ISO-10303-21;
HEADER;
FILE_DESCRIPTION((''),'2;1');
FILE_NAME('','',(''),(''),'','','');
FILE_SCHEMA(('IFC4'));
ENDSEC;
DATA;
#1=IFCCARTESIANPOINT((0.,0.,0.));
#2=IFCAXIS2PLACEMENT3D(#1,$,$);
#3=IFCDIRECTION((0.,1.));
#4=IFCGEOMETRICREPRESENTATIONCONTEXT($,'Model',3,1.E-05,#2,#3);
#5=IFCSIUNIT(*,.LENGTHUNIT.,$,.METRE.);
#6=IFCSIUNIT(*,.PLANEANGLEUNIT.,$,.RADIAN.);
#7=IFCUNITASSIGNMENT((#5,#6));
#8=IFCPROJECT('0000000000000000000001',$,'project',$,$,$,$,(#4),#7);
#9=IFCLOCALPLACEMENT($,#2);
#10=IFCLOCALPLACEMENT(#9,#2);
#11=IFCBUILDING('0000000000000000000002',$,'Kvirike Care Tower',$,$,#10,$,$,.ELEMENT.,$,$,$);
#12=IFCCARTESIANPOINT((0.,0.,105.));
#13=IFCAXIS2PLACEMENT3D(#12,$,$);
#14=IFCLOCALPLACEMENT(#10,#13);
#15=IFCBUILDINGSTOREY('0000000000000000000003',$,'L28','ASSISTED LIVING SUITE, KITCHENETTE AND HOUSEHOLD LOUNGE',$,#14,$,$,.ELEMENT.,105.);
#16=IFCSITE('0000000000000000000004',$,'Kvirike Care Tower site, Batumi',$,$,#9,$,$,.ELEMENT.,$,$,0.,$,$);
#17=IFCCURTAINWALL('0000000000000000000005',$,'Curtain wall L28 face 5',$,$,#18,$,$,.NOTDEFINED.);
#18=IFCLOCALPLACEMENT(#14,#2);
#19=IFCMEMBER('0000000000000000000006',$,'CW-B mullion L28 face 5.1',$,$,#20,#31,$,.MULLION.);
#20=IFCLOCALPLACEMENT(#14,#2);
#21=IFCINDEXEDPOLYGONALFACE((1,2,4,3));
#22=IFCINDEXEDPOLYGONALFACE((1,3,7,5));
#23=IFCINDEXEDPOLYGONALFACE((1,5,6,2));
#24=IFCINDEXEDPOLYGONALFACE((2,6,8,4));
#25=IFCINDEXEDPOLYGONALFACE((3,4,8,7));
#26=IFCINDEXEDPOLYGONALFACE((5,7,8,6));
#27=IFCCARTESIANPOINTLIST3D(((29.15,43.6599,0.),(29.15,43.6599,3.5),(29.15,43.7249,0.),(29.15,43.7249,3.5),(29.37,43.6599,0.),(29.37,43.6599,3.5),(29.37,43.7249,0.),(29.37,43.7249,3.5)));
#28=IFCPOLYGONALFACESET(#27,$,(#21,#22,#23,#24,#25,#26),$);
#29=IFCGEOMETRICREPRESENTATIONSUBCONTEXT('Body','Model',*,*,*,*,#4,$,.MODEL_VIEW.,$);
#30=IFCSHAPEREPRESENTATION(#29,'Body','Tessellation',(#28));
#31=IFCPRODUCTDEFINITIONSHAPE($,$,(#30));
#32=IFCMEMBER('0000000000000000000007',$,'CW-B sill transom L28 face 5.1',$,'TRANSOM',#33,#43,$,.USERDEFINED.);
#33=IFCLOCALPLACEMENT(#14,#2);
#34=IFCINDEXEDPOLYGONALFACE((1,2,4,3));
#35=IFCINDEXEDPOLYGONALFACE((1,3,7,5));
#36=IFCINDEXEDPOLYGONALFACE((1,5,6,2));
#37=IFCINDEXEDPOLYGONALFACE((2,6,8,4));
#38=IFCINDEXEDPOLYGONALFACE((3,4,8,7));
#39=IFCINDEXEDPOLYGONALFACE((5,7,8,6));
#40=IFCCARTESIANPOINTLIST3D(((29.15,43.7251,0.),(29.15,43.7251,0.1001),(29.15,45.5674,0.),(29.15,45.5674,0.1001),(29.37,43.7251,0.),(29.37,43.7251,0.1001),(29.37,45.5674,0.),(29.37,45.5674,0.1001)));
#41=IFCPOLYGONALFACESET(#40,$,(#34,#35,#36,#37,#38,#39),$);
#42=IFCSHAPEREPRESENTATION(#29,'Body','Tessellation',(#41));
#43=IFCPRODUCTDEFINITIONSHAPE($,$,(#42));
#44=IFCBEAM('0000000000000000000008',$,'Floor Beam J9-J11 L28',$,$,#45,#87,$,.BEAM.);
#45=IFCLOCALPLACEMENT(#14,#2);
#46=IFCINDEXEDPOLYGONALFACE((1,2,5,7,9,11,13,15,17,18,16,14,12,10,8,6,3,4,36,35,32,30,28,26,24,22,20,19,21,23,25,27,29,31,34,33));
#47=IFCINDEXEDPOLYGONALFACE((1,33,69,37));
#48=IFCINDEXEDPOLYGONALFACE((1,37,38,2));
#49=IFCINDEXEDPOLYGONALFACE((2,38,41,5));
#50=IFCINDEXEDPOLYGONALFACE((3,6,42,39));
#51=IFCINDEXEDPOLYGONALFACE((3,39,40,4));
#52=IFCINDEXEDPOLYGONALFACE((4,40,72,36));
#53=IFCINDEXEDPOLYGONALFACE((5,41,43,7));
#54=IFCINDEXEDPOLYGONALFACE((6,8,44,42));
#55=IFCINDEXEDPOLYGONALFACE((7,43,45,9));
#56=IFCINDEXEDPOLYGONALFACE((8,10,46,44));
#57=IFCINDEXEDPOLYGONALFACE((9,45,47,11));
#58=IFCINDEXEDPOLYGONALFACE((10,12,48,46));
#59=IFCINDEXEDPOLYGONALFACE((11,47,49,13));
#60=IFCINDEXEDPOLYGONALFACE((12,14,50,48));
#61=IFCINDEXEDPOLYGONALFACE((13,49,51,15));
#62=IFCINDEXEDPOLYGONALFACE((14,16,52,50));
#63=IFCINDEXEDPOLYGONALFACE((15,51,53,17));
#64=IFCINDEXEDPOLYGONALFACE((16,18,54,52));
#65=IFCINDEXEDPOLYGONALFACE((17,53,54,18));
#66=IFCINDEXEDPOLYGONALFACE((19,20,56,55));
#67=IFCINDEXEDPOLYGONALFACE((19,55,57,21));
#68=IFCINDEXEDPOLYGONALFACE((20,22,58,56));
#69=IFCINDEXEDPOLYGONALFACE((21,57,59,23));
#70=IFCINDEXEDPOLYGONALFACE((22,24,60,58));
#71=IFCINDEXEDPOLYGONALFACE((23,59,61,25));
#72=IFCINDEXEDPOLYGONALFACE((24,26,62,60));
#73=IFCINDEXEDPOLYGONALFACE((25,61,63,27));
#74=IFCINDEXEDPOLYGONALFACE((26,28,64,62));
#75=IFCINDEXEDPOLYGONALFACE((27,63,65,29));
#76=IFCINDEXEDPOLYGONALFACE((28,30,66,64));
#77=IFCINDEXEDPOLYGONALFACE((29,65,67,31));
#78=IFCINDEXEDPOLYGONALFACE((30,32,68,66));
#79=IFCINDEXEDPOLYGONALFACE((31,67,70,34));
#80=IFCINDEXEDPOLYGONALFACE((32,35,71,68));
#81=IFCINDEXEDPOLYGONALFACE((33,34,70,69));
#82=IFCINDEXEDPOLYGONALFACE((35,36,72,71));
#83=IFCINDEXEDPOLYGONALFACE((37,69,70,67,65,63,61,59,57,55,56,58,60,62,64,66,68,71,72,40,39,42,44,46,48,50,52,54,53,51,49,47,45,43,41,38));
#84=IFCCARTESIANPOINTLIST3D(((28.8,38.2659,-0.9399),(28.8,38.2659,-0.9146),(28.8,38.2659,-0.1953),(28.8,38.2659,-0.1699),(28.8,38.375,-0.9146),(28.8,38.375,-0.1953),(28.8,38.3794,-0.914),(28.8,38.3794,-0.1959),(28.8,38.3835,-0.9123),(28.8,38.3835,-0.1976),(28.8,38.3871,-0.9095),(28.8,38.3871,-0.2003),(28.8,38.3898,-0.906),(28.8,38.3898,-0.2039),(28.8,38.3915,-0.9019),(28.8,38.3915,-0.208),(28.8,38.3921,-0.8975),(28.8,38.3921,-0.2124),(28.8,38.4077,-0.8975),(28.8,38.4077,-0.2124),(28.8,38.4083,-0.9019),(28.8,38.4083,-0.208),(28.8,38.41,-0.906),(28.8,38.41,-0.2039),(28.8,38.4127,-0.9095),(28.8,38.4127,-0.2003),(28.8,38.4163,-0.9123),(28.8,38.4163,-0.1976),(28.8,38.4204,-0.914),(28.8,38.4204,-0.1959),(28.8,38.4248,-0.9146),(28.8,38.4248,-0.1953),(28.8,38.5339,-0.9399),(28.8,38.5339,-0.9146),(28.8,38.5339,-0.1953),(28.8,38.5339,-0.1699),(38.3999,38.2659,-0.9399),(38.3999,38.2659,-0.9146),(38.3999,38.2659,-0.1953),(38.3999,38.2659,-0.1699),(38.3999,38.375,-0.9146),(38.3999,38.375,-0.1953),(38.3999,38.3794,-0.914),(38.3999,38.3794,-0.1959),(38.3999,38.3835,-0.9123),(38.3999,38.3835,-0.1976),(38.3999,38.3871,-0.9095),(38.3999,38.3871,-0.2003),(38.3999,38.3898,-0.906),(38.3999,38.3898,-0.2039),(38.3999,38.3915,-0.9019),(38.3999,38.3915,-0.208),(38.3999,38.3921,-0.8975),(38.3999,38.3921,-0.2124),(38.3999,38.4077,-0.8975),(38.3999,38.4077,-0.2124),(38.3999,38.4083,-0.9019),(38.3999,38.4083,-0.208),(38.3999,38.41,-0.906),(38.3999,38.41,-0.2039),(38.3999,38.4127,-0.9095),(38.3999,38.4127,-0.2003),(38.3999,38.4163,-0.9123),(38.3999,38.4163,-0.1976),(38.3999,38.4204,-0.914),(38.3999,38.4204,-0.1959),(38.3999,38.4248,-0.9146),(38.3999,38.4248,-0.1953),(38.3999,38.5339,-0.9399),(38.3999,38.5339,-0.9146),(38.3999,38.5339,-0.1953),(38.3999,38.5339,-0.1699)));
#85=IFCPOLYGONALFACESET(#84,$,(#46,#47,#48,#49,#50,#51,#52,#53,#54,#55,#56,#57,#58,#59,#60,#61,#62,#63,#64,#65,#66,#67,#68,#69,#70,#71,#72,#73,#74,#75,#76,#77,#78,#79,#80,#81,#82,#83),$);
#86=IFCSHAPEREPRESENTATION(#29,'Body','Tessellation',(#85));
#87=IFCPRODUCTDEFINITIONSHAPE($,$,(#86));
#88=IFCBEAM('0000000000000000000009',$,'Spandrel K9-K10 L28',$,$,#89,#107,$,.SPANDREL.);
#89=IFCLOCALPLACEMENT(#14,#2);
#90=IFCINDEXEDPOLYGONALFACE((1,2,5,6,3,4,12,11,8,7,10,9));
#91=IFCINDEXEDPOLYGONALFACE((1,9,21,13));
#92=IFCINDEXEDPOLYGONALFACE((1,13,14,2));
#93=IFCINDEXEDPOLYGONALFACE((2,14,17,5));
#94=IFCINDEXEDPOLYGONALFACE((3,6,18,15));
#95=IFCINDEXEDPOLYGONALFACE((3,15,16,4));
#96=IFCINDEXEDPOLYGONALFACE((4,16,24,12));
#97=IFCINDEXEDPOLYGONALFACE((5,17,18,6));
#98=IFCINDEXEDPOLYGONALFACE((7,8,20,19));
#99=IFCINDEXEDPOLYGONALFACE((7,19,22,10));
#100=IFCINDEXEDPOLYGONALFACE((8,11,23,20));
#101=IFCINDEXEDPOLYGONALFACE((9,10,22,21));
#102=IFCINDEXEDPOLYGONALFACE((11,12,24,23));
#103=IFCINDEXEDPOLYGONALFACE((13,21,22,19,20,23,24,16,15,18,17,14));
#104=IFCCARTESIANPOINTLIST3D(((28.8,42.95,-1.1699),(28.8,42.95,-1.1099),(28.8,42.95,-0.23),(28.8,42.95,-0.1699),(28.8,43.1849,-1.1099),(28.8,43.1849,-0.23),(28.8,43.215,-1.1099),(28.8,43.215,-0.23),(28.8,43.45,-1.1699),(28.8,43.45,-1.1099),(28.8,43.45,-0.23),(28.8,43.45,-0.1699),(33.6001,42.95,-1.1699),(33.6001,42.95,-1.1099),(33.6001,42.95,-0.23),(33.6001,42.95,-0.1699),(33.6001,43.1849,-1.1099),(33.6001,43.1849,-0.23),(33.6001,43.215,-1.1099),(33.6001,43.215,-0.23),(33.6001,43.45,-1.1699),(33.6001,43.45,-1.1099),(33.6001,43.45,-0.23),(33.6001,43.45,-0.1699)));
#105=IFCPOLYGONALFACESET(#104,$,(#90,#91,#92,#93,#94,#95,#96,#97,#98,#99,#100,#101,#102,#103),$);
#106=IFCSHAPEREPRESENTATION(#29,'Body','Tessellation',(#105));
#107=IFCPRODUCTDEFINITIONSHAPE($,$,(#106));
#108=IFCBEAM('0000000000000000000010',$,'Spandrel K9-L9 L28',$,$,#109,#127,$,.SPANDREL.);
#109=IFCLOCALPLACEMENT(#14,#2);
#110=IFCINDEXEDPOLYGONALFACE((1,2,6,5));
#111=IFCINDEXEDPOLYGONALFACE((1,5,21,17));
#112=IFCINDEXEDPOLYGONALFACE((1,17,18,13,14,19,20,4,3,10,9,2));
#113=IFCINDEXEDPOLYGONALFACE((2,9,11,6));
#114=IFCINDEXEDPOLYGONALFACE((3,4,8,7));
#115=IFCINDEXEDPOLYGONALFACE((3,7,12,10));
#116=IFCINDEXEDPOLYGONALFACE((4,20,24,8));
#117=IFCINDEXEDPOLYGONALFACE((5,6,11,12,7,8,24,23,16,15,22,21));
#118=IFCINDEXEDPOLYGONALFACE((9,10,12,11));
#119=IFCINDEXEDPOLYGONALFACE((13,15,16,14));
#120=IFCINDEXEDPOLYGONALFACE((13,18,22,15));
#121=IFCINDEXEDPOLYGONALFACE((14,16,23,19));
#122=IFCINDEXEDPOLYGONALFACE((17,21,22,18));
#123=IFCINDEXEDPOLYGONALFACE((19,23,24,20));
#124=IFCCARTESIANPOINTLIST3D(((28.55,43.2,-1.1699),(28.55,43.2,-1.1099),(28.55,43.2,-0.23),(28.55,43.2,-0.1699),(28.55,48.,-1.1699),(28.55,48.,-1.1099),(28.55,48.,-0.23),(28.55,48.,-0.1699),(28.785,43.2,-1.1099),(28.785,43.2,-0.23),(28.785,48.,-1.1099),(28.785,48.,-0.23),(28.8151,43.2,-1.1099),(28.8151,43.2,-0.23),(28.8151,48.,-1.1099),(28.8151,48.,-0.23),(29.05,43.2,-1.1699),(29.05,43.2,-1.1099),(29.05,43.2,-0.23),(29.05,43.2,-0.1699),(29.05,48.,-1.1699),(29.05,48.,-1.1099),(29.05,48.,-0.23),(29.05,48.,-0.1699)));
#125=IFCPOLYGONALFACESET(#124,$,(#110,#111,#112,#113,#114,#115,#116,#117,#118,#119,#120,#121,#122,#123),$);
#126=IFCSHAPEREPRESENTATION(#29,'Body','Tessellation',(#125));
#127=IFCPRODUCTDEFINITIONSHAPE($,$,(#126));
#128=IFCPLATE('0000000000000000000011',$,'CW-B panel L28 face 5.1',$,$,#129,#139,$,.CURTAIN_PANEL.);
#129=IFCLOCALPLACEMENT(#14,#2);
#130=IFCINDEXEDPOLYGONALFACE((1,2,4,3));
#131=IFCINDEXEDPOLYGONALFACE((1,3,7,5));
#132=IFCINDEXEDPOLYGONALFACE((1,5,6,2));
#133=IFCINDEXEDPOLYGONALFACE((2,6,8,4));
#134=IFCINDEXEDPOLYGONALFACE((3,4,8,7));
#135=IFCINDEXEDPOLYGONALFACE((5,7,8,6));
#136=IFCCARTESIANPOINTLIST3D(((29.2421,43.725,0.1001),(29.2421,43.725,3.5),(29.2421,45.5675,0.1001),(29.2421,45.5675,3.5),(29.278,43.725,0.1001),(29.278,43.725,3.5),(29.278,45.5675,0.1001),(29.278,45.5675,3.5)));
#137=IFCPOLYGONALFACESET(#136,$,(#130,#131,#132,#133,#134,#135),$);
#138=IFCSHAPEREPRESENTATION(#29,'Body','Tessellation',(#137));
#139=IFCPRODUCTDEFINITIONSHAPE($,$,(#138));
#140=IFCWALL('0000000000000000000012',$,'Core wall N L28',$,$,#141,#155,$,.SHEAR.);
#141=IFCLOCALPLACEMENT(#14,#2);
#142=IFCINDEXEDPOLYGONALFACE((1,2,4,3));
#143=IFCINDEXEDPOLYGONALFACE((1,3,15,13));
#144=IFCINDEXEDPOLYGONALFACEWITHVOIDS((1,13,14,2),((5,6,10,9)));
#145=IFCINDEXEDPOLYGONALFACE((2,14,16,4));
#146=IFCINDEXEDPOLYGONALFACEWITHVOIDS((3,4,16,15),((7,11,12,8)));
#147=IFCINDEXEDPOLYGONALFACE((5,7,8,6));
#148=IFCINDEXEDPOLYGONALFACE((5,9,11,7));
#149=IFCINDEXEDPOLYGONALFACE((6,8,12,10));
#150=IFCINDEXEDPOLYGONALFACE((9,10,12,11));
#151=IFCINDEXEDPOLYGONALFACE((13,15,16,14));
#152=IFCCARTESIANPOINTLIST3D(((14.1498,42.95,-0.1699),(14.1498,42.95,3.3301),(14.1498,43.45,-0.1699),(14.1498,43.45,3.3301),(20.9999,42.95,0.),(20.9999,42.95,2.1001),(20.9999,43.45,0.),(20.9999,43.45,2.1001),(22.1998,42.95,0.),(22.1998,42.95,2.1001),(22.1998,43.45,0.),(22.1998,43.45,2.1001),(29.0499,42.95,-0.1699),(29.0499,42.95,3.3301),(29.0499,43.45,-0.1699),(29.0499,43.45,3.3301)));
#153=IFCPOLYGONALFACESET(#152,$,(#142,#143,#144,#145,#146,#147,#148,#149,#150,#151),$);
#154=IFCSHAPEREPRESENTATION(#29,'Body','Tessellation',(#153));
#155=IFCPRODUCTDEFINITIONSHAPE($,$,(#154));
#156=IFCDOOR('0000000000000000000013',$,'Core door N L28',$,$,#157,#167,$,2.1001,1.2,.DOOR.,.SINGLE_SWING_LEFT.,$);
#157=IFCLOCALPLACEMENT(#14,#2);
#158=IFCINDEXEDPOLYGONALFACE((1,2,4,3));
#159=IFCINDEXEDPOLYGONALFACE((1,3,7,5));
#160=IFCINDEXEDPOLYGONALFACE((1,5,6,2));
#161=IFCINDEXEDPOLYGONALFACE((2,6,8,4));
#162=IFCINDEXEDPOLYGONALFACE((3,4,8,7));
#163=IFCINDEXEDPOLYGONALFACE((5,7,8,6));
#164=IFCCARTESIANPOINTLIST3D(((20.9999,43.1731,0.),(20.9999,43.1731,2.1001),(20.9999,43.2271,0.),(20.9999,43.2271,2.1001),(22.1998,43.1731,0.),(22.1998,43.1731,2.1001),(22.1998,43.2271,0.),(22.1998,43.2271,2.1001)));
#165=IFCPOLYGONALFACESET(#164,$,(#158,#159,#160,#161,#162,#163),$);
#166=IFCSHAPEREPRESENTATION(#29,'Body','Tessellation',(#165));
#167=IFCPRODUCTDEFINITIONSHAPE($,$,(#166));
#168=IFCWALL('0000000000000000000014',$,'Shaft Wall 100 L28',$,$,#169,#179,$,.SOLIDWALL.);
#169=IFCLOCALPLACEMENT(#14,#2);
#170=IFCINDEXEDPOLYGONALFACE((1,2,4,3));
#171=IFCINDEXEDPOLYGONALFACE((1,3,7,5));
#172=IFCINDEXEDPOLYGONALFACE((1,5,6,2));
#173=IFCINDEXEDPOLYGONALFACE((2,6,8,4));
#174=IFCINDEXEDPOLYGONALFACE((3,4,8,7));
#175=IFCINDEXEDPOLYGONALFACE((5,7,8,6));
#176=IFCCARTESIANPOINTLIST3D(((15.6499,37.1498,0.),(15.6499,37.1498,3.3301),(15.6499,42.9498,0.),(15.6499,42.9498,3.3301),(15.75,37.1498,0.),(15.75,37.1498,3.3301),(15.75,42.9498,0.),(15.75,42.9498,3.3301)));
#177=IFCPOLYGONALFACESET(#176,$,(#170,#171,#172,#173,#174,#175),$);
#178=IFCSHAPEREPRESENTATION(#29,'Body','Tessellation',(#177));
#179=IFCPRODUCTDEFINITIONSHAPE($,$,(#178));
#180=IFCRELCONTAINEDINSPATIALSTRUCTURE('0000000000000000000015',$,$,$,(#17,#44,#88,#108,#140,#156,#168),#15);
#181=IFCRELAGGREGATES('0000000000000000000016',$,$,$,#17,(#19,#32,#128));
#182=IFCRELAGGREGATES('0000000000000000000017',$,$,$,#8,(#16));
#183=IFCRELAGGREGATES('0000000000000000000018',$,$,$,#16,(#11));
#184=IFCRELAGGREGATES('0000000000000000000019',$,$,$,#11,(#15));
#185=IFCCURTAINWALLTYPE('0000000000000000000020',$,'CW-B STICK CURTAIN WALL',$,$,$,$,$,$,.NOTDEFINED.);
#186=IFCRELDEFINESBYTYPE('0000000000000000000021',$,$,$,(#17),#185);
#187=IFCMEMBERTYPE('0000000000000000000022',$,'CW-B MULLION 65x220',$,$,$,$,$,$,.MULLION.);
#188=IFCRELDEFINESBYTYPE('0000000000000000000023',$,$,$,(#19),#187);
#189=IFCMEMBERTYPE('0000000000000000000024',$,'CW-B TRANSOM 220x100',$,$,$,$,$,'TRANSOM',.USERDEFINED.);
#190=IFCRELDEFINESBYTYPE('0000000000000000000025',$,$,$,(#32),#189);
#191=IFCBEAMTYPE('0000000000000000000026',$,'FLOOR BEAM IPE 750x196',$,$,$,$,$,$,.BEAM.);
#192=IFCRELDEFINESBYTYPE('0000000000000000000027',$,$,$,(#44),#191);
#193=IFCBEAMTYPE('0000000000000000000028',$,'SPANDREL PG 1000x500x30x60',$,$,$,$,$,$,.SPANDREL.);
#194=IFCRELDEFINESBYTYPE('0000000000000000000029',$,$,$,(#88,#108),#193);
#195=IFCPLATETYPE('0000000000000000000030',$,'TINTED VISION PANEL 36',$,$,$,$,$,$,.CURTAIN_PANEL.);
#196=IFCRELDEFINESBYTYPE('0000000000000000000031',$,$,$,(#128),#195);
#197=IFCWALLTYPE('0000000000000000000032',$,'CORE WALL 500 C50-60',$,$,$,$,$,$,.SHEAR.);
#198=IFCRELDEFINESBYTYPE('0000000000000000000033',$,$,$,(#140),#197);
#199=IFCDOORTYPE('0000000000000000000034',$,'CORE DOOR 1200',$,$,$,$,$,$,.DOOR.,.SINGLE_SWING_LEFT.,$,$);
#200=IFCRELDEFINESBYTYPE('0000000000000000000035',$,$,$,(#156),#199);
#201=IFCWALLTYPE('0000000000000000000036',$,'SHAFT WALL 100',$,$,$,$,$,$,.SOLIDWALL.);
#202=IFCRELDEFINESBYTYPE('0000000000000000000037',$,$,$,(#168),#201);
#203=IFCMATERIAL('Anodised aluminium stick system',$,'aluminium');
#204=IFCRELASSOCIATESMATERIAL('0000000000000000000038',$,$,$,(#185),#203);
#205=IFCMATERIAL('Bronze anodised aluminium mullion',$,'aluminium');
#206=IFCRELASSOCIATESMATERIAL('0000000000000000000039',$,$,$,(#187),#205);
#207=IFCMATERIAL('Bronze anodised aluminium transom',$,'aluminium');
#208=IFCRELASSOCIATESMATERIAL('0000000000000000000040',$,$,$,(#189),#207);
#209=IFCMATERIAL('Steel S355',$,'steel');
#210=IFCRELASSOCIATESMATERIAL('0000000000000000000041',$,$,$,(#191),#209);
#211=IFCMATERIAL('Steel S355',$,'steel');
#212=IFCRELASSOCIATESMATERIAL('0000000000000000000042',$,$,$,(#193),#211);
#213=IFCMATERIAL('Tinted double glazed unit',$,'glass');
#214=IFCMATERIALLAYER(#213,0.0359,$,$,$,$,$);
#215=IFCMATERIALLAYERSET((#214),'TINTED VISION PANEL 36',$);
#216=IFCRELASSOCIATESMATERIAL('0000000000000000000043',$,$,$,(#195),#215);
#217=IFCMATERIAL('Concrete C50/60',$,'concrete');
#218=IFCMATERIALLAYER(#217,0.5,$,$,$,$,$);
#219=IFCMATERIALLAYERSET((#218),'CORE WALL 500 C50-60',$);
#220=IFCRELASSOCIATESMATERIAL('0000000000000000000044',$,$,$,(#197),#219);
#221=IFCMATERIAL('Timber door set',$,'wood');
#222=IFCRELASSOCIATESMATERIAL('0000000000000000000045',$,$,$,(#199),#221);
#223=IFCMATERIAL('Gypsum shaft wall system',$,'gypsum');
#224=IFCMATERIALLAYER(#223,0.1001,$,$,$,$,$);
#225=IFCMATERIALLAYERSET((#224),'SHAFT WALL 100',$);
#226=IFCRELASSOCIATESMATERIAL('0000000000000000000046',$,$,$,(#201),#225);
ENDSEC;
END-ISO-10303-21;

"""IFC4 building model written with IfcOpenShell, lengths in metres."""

from ifc_helpers import new_model, si_unit, direction, frame, frame_2d, origin, origin_2d, place, context, subcontext, project, spatial, rectangle, i_section, extrude, material, layer, layer_set, material_profile, profile_set, type_object, element, fill, aggregate, save


model = new_model("IFC4")

# Units and contexts
model_context = context("Model", 3, precision=1e-05, world=origin(), true_north=direction((0.0, 1.0)))
body_context = subcontext(model_context, "Body", "Model", "MODEL_VIEW")
ifc_project = project(units=[si_unit("LENGTHUNIT", "METRE"), si_unit("PLANEANGLEUNIT", "RADIAN")], contexts=[model_context])

# Site, building, storey
site_placement = place(None, origin())
site = spatial("IfcSite", under=ifc_project, at=site_placement, Name="Kvirike Care Tower site, Batumi", CompositionType="ELEMENT", RefElevation=0.0)
building_placement = place(site_placement, origin())
building = spatial("IfcBuilding", under=site, at=building_placement, Name="Kvirike Care Tower", CompositionType="ELEMENT")
storey_placement = place(building_placement, frame((0.0, 0.0, 105.0)))
storey = spatial("IfcBuildingStorey", under=building, at=storey_placement, Name="L28", Description="ASSISTED LIVING SUITE, KITCHENETTE AND HOUSEHOLD LOUNGE", CompositionType="ELEMENT", Elevation=105.0)

# Curtain wall, members
ifc_material_1 = material(Name="Anodised aluminium stick system", Category="aluminium")
curtain_wall_type = type_object("IfcCurtainWallType", Name="CW-B STICK CURTAIN WALL", PredefinedType="NOTDEFINED", material=ifc_material_1)
curtain_wall_placement = place(storey_placement, origin())
curtain_wall = element("IfcCurtainWall", 1, at=curtain_wall_placement, inside=storey, type_object=curtain_wall_type, Name="Curtain wall L28 face 5", PredefinedType="NOTDEFINED")
ifc_material_2 = material(Name="Bronze anodised aluminium mullion", Category="aluminium")
ifc_material_profile_1 = material_profile(ifc_material_2, rectangle(XDim=0.0649, YDim=0.22, at=origin_2d()), Name="CW-B MULLION 65x220")
ifc_profile_set_1 = profile_set([ifc_material_profile_1], Name="Bronze anodised aluminium mullion")
member_type_1 = type_object("IfcMemberType", Name="CW-B MULLION 65x220", PredefinedType="MULLION", material=ifc_profile_set_1)
member_1_placement = place(storey_placement, frame((29.26, 43.6924, 0.0), z_axis=(0.0, 0.0, 1.0), x_axis=(0.0, 1.0, 0.0)))
member_1 = element("IfcMember", 2, at=member_1_placement, type_object=member_type_1, Name="CW-B mullion L28 face 5.1", PredefinedType="MULLION", context=body_context, shape_type="SweptSolid", body=[
    extrude(rectangle(XDim=0.0649, YDim=0.22, at=origin_2d()), origin(), (0.0, 0.0, 1.0), 3.5),
])
ifc_material_3 = material(Name="Bronze anodised aluminium transom", Category="aluminium")
ifc_material_profile_2 = material_profile(ifc_material_3, rectangle(XDim=0.22, YDim=0.1001, at=origin_2d()), Name="CW-B TRANSOM 220x100")
ifc_profile_set_2 = profile_set([ifc_material_profile_2], Name="Bronze anodised aluminium transom")
member_type_2 = type_object("IfcMemberType", Name="CW-B TRANSOM 220x100", ElementType="TRANSOM", PredefinedType="USERDEFINED", material=ifc_profile_set_2)
member_2_placement = place(storey_placement, frame((29.26, 43.7251, 0.05), z_axis=(0.0, 1.0, 0.0), x_axis=(-1.0, 0.0, 0.0)))
member_2 = element("IfcMember", 3, at=member_2_placement, type_object=member_type_2, Name="CW-B sill transom L28 face 5.1", ObjectType="TRANSOM", PredefinedType="USERDEFINED", context=body_context, shape_type="SweptSolid", body=[
    extrude(rectangle(XDim=0.22, YDim=0.1001, at=origin_2d()), origin(), (0.0, 0.0, 1.0), 1.8423),
])

# Beams
ifc_material_4 = material(Name="Steel S355", Category="steel")
ifc_material_profile_3 = material_profile(ifc_material_4, i_section(OverallWidth=0.2681, OverallDepth=0.77, WebThickness=0.0156, FlangeThickness=0.0254, FilletRadius=0.0171, at=origin_2d()), Name="IPE 750x196")
ifc_profile_set_3 = profile_set([ifc_material_profile_3], Name="Steel S355")
beam_type_1 = type_object("IfcBeamType", Name="FLOOR BEAM IPE 750x196", PredefinedType="BEAM", material=ifc_profile_set_3)
beam_placement = place(storey_placement, frame((28.8, 38.3999, -0.5549), z_axis=(1.0, 0.0, 0.0), x_axis=(0.0, 1.0, 0.0)))
element("IfcBeam", 4, at=beam_placement, inside=storey, type_object=beam_type_1, Name="Floor Beam J9-J11 L28", PredefinedType="BEAM", context=body_context, shape_type="SweptSolid", body=[
    extrude(i_section(OverallWidth=0.2681, OverallDepth=0.77, WebThickness=0.0156, FlangeThickness=0.0254, FilletRadius=0.0171, at=origin_2d()), origin(), (0.0, 0.0, 1.0), 9.5999),
])
ifc_material_5 = material(Name="Steel S355", Category="steel")
ifc_material_profile_4 = material_profile(ifc_material_5, i_section(OverallWidth=0.5, OverallDepth=1.0, WebThickness=0.03, FlangeThickness=0.0601, at=origin_2d()), Name="PG 1000x500x30x60")
ifc_profile_set_4 = profile_set([ifc_material_profile_4], Name="Steel S355")
beam_type_2 = type_object("IfcBeamType", Name="SPANDREL PG 1000x500x30x60", PredefinedType="SPANDREL", material=ifc_profile_set_4)
for number, where, z_axis, x_axis, name in (
    (5, (28.8, 43.2, -0.6699), (1.0, 0.0, 0.0), (0.0, 1.0, 0.0), "Spandrel K9-K10 L28"),
    (6, (28.8, 43.2, -0.6699), (0.0, 1.0, 0.0), (-1.0, 0.0, 0.0), "Spandrel K9-L9 L28"),
):
    element("IfcBeam", number, at=place(storey_placement, frame(where, z_axis=z_axis, x_axis=x_axis)), inside=storey, type_object=beam_type_2, Name=name, PredefinedType="SPANDREL", context=body_context, shape_type="SweptSolid", body=[
        extrude(i_section(OverallWidth=0.5, OverallDepth=1.0, WebThickness=0.03, FlangeThickness=0.0601, at=origin_2d()), origin(), (0.0, 0.0, 1.0), 4.8),
    ])

# Plate
ifc_material_6 = material(Name="Tinted double glazed unit", Category="glass")
ifc_layer_1 = layer(ifc_material_6, 0.0359)
ifc_layer_set_1 = layer_set([ifc_layer_1], Name="TINTED VISION PANEL 36")
plate_type = type_object("IfcPlateType", Name="TINTED VISION PANEL 36", PredefinedType="CURTAIN_PANEL", material=ifc_layer_set_1)
plate_placement = place(storey_placement, frame((29.26, 44.6462, 0.1001), z_axis=(0.0, 0.0, 1.0), x_axis=(0.0, 1.0, 0.0)))
plate = element("IfcPlate", 7, at=plate_placement, type_object=plate_type, Name="CW-B panel L28 face 5.1", PredefinedType="CURTAIN_PANEL", context=body_context, shape_type="SweptSolid", body=[
    extrude(rectangle(XDim=1.8425, YDim=0.0359, at=origin_2d()), origin(), (0.0, 0.0, 1.0), 3.3999),
])
aggregate(curtain_wall, [member_1, member_2, plate])

# Wall, opening, door
ifc_material_7 = material(Name="Concrete C50/60", Category="concrete")
ifc_layer_2 = layer(ifc_material_7, 0.5)
ifc_layer_set_2 = layer_set([ifc_layer_2], Name="CORE WALL 500 C50-60")
wall_type_1 = type_object("IfcWallType", Name="CORE WALL 500 C50-60", PredefinedType="SHEAR", material=ifc_layer_set_2)
wall_1_placement = place(storey_placement, frame((29.05, 43.2, -0.1699), z_axis=(0.0, 0.0, 1.0), x_axis=(-1.0, 0.0, 0.0)))
wall_1 = element("IfcWall", 8, at=wall_1_placement, inside=storey, type_object=wall_type_1, Name="Core wall N L28", PredefinedType="SHEAR", context=body_context, shape_type="SweptSolid", body=[
    extrude(rectangle(XDim=14.9001, YDim=0.5, at=frame_2d((7.4502, 0.0))), origin(), (0.0, 0.0, 1.0), 3.5),
])
opening_1_placement = place(wall_1_placement, frame((6.8501, 0.0, 0.1699)))
opening_1 = element("IfcOpeningElement", 9, at=opening_1_placement, cuts=wall_1, PredefinedType="OPENING", context=body_context, shape_type="SweptSolid", body=[
    extrude(rectangle(XDim=1.2, YDim=2.1001, at=frame_2d((0.6001, 1.05))), frame((0.0, 0.2605, 0.0), z_axis=(0.0, -1.0, 0.0), x_axis=(1.0, 0.0, 0.0)), (0.0, 0.0, 1.0), 0.521),
])
ifc_material_8 = material(Name="Timber door set", Category="wood")
door_type_1 = type_object("IfcDoorType", Name="CORE DOOR 1200", OperationType="SINGLE_SWING_LEFT", PredefinedType="DOOR", material=ifc_material_8)
door_1_placement = place(opening_1_placement, origin())
door_1 = element("IfcDoor", 10, at=door_1_placement, inside=storey, type_object=door_type_1, Name="Core door N L28", OperationType="SINGLE_SWING_LEFT", OverallHeight=2.1001, OverallWidth=1.2, PredefinedType="DOOR", context=body_context, shape_type="SweptSolid", body=[
    extrude(rectangle(XDim=1.2, YDim=2.1001, at=frame_2d((0.6001, 1.05))), frame((0.0, 0.0269, 0.0), z_axis=(0.0, -1.0, 0.0), x_axis=(1.0, 0.0, 0.0)), (0.0, 0.0, 1.0), 0.054),
])
fill(opening_1, door_1)

# Wall
ifc_material_9 = material(Name="Gypsum shaft wall system", Category="gypsum")
ifc_layer_3 = layer(ifc_material_9, 0.1001)
ifc_layer_set_3 = layer_set([ifc_layer_3], Name="SHAFT WALL 100")
wall_type_2 = type_object("IfcWallType", Name="SHAFT WALL 100", PredefinedType="SOLIDWALL", material=ifc_layer_set_3)
for number, where, z_axis, x_axis, name in (
    (11, (15.7, 37.1499, 0.0), (0.0, 0.0, 1.0), (0.0, 1.0, 0.0), "Shaft Wall 100 L28"),
):
    element("IfcWall", number, at=place(storey_placement, frame(where, z_axis=z_axis, x_axis=x_axis)), inside=storey, type_object=wall_type_2, Name=name, PredefinedType="SOLIDWALL", context=body_context, shape_type="SweptSolid", body=[
        extrude(rectangle(XDim=5.8, YDim=0.1001, at=frame_2d((2.8999, 0.0))), origin(), (0.0, 0.0, 1.0), 3.3301),
    ])

save(model, "model.ifc")
